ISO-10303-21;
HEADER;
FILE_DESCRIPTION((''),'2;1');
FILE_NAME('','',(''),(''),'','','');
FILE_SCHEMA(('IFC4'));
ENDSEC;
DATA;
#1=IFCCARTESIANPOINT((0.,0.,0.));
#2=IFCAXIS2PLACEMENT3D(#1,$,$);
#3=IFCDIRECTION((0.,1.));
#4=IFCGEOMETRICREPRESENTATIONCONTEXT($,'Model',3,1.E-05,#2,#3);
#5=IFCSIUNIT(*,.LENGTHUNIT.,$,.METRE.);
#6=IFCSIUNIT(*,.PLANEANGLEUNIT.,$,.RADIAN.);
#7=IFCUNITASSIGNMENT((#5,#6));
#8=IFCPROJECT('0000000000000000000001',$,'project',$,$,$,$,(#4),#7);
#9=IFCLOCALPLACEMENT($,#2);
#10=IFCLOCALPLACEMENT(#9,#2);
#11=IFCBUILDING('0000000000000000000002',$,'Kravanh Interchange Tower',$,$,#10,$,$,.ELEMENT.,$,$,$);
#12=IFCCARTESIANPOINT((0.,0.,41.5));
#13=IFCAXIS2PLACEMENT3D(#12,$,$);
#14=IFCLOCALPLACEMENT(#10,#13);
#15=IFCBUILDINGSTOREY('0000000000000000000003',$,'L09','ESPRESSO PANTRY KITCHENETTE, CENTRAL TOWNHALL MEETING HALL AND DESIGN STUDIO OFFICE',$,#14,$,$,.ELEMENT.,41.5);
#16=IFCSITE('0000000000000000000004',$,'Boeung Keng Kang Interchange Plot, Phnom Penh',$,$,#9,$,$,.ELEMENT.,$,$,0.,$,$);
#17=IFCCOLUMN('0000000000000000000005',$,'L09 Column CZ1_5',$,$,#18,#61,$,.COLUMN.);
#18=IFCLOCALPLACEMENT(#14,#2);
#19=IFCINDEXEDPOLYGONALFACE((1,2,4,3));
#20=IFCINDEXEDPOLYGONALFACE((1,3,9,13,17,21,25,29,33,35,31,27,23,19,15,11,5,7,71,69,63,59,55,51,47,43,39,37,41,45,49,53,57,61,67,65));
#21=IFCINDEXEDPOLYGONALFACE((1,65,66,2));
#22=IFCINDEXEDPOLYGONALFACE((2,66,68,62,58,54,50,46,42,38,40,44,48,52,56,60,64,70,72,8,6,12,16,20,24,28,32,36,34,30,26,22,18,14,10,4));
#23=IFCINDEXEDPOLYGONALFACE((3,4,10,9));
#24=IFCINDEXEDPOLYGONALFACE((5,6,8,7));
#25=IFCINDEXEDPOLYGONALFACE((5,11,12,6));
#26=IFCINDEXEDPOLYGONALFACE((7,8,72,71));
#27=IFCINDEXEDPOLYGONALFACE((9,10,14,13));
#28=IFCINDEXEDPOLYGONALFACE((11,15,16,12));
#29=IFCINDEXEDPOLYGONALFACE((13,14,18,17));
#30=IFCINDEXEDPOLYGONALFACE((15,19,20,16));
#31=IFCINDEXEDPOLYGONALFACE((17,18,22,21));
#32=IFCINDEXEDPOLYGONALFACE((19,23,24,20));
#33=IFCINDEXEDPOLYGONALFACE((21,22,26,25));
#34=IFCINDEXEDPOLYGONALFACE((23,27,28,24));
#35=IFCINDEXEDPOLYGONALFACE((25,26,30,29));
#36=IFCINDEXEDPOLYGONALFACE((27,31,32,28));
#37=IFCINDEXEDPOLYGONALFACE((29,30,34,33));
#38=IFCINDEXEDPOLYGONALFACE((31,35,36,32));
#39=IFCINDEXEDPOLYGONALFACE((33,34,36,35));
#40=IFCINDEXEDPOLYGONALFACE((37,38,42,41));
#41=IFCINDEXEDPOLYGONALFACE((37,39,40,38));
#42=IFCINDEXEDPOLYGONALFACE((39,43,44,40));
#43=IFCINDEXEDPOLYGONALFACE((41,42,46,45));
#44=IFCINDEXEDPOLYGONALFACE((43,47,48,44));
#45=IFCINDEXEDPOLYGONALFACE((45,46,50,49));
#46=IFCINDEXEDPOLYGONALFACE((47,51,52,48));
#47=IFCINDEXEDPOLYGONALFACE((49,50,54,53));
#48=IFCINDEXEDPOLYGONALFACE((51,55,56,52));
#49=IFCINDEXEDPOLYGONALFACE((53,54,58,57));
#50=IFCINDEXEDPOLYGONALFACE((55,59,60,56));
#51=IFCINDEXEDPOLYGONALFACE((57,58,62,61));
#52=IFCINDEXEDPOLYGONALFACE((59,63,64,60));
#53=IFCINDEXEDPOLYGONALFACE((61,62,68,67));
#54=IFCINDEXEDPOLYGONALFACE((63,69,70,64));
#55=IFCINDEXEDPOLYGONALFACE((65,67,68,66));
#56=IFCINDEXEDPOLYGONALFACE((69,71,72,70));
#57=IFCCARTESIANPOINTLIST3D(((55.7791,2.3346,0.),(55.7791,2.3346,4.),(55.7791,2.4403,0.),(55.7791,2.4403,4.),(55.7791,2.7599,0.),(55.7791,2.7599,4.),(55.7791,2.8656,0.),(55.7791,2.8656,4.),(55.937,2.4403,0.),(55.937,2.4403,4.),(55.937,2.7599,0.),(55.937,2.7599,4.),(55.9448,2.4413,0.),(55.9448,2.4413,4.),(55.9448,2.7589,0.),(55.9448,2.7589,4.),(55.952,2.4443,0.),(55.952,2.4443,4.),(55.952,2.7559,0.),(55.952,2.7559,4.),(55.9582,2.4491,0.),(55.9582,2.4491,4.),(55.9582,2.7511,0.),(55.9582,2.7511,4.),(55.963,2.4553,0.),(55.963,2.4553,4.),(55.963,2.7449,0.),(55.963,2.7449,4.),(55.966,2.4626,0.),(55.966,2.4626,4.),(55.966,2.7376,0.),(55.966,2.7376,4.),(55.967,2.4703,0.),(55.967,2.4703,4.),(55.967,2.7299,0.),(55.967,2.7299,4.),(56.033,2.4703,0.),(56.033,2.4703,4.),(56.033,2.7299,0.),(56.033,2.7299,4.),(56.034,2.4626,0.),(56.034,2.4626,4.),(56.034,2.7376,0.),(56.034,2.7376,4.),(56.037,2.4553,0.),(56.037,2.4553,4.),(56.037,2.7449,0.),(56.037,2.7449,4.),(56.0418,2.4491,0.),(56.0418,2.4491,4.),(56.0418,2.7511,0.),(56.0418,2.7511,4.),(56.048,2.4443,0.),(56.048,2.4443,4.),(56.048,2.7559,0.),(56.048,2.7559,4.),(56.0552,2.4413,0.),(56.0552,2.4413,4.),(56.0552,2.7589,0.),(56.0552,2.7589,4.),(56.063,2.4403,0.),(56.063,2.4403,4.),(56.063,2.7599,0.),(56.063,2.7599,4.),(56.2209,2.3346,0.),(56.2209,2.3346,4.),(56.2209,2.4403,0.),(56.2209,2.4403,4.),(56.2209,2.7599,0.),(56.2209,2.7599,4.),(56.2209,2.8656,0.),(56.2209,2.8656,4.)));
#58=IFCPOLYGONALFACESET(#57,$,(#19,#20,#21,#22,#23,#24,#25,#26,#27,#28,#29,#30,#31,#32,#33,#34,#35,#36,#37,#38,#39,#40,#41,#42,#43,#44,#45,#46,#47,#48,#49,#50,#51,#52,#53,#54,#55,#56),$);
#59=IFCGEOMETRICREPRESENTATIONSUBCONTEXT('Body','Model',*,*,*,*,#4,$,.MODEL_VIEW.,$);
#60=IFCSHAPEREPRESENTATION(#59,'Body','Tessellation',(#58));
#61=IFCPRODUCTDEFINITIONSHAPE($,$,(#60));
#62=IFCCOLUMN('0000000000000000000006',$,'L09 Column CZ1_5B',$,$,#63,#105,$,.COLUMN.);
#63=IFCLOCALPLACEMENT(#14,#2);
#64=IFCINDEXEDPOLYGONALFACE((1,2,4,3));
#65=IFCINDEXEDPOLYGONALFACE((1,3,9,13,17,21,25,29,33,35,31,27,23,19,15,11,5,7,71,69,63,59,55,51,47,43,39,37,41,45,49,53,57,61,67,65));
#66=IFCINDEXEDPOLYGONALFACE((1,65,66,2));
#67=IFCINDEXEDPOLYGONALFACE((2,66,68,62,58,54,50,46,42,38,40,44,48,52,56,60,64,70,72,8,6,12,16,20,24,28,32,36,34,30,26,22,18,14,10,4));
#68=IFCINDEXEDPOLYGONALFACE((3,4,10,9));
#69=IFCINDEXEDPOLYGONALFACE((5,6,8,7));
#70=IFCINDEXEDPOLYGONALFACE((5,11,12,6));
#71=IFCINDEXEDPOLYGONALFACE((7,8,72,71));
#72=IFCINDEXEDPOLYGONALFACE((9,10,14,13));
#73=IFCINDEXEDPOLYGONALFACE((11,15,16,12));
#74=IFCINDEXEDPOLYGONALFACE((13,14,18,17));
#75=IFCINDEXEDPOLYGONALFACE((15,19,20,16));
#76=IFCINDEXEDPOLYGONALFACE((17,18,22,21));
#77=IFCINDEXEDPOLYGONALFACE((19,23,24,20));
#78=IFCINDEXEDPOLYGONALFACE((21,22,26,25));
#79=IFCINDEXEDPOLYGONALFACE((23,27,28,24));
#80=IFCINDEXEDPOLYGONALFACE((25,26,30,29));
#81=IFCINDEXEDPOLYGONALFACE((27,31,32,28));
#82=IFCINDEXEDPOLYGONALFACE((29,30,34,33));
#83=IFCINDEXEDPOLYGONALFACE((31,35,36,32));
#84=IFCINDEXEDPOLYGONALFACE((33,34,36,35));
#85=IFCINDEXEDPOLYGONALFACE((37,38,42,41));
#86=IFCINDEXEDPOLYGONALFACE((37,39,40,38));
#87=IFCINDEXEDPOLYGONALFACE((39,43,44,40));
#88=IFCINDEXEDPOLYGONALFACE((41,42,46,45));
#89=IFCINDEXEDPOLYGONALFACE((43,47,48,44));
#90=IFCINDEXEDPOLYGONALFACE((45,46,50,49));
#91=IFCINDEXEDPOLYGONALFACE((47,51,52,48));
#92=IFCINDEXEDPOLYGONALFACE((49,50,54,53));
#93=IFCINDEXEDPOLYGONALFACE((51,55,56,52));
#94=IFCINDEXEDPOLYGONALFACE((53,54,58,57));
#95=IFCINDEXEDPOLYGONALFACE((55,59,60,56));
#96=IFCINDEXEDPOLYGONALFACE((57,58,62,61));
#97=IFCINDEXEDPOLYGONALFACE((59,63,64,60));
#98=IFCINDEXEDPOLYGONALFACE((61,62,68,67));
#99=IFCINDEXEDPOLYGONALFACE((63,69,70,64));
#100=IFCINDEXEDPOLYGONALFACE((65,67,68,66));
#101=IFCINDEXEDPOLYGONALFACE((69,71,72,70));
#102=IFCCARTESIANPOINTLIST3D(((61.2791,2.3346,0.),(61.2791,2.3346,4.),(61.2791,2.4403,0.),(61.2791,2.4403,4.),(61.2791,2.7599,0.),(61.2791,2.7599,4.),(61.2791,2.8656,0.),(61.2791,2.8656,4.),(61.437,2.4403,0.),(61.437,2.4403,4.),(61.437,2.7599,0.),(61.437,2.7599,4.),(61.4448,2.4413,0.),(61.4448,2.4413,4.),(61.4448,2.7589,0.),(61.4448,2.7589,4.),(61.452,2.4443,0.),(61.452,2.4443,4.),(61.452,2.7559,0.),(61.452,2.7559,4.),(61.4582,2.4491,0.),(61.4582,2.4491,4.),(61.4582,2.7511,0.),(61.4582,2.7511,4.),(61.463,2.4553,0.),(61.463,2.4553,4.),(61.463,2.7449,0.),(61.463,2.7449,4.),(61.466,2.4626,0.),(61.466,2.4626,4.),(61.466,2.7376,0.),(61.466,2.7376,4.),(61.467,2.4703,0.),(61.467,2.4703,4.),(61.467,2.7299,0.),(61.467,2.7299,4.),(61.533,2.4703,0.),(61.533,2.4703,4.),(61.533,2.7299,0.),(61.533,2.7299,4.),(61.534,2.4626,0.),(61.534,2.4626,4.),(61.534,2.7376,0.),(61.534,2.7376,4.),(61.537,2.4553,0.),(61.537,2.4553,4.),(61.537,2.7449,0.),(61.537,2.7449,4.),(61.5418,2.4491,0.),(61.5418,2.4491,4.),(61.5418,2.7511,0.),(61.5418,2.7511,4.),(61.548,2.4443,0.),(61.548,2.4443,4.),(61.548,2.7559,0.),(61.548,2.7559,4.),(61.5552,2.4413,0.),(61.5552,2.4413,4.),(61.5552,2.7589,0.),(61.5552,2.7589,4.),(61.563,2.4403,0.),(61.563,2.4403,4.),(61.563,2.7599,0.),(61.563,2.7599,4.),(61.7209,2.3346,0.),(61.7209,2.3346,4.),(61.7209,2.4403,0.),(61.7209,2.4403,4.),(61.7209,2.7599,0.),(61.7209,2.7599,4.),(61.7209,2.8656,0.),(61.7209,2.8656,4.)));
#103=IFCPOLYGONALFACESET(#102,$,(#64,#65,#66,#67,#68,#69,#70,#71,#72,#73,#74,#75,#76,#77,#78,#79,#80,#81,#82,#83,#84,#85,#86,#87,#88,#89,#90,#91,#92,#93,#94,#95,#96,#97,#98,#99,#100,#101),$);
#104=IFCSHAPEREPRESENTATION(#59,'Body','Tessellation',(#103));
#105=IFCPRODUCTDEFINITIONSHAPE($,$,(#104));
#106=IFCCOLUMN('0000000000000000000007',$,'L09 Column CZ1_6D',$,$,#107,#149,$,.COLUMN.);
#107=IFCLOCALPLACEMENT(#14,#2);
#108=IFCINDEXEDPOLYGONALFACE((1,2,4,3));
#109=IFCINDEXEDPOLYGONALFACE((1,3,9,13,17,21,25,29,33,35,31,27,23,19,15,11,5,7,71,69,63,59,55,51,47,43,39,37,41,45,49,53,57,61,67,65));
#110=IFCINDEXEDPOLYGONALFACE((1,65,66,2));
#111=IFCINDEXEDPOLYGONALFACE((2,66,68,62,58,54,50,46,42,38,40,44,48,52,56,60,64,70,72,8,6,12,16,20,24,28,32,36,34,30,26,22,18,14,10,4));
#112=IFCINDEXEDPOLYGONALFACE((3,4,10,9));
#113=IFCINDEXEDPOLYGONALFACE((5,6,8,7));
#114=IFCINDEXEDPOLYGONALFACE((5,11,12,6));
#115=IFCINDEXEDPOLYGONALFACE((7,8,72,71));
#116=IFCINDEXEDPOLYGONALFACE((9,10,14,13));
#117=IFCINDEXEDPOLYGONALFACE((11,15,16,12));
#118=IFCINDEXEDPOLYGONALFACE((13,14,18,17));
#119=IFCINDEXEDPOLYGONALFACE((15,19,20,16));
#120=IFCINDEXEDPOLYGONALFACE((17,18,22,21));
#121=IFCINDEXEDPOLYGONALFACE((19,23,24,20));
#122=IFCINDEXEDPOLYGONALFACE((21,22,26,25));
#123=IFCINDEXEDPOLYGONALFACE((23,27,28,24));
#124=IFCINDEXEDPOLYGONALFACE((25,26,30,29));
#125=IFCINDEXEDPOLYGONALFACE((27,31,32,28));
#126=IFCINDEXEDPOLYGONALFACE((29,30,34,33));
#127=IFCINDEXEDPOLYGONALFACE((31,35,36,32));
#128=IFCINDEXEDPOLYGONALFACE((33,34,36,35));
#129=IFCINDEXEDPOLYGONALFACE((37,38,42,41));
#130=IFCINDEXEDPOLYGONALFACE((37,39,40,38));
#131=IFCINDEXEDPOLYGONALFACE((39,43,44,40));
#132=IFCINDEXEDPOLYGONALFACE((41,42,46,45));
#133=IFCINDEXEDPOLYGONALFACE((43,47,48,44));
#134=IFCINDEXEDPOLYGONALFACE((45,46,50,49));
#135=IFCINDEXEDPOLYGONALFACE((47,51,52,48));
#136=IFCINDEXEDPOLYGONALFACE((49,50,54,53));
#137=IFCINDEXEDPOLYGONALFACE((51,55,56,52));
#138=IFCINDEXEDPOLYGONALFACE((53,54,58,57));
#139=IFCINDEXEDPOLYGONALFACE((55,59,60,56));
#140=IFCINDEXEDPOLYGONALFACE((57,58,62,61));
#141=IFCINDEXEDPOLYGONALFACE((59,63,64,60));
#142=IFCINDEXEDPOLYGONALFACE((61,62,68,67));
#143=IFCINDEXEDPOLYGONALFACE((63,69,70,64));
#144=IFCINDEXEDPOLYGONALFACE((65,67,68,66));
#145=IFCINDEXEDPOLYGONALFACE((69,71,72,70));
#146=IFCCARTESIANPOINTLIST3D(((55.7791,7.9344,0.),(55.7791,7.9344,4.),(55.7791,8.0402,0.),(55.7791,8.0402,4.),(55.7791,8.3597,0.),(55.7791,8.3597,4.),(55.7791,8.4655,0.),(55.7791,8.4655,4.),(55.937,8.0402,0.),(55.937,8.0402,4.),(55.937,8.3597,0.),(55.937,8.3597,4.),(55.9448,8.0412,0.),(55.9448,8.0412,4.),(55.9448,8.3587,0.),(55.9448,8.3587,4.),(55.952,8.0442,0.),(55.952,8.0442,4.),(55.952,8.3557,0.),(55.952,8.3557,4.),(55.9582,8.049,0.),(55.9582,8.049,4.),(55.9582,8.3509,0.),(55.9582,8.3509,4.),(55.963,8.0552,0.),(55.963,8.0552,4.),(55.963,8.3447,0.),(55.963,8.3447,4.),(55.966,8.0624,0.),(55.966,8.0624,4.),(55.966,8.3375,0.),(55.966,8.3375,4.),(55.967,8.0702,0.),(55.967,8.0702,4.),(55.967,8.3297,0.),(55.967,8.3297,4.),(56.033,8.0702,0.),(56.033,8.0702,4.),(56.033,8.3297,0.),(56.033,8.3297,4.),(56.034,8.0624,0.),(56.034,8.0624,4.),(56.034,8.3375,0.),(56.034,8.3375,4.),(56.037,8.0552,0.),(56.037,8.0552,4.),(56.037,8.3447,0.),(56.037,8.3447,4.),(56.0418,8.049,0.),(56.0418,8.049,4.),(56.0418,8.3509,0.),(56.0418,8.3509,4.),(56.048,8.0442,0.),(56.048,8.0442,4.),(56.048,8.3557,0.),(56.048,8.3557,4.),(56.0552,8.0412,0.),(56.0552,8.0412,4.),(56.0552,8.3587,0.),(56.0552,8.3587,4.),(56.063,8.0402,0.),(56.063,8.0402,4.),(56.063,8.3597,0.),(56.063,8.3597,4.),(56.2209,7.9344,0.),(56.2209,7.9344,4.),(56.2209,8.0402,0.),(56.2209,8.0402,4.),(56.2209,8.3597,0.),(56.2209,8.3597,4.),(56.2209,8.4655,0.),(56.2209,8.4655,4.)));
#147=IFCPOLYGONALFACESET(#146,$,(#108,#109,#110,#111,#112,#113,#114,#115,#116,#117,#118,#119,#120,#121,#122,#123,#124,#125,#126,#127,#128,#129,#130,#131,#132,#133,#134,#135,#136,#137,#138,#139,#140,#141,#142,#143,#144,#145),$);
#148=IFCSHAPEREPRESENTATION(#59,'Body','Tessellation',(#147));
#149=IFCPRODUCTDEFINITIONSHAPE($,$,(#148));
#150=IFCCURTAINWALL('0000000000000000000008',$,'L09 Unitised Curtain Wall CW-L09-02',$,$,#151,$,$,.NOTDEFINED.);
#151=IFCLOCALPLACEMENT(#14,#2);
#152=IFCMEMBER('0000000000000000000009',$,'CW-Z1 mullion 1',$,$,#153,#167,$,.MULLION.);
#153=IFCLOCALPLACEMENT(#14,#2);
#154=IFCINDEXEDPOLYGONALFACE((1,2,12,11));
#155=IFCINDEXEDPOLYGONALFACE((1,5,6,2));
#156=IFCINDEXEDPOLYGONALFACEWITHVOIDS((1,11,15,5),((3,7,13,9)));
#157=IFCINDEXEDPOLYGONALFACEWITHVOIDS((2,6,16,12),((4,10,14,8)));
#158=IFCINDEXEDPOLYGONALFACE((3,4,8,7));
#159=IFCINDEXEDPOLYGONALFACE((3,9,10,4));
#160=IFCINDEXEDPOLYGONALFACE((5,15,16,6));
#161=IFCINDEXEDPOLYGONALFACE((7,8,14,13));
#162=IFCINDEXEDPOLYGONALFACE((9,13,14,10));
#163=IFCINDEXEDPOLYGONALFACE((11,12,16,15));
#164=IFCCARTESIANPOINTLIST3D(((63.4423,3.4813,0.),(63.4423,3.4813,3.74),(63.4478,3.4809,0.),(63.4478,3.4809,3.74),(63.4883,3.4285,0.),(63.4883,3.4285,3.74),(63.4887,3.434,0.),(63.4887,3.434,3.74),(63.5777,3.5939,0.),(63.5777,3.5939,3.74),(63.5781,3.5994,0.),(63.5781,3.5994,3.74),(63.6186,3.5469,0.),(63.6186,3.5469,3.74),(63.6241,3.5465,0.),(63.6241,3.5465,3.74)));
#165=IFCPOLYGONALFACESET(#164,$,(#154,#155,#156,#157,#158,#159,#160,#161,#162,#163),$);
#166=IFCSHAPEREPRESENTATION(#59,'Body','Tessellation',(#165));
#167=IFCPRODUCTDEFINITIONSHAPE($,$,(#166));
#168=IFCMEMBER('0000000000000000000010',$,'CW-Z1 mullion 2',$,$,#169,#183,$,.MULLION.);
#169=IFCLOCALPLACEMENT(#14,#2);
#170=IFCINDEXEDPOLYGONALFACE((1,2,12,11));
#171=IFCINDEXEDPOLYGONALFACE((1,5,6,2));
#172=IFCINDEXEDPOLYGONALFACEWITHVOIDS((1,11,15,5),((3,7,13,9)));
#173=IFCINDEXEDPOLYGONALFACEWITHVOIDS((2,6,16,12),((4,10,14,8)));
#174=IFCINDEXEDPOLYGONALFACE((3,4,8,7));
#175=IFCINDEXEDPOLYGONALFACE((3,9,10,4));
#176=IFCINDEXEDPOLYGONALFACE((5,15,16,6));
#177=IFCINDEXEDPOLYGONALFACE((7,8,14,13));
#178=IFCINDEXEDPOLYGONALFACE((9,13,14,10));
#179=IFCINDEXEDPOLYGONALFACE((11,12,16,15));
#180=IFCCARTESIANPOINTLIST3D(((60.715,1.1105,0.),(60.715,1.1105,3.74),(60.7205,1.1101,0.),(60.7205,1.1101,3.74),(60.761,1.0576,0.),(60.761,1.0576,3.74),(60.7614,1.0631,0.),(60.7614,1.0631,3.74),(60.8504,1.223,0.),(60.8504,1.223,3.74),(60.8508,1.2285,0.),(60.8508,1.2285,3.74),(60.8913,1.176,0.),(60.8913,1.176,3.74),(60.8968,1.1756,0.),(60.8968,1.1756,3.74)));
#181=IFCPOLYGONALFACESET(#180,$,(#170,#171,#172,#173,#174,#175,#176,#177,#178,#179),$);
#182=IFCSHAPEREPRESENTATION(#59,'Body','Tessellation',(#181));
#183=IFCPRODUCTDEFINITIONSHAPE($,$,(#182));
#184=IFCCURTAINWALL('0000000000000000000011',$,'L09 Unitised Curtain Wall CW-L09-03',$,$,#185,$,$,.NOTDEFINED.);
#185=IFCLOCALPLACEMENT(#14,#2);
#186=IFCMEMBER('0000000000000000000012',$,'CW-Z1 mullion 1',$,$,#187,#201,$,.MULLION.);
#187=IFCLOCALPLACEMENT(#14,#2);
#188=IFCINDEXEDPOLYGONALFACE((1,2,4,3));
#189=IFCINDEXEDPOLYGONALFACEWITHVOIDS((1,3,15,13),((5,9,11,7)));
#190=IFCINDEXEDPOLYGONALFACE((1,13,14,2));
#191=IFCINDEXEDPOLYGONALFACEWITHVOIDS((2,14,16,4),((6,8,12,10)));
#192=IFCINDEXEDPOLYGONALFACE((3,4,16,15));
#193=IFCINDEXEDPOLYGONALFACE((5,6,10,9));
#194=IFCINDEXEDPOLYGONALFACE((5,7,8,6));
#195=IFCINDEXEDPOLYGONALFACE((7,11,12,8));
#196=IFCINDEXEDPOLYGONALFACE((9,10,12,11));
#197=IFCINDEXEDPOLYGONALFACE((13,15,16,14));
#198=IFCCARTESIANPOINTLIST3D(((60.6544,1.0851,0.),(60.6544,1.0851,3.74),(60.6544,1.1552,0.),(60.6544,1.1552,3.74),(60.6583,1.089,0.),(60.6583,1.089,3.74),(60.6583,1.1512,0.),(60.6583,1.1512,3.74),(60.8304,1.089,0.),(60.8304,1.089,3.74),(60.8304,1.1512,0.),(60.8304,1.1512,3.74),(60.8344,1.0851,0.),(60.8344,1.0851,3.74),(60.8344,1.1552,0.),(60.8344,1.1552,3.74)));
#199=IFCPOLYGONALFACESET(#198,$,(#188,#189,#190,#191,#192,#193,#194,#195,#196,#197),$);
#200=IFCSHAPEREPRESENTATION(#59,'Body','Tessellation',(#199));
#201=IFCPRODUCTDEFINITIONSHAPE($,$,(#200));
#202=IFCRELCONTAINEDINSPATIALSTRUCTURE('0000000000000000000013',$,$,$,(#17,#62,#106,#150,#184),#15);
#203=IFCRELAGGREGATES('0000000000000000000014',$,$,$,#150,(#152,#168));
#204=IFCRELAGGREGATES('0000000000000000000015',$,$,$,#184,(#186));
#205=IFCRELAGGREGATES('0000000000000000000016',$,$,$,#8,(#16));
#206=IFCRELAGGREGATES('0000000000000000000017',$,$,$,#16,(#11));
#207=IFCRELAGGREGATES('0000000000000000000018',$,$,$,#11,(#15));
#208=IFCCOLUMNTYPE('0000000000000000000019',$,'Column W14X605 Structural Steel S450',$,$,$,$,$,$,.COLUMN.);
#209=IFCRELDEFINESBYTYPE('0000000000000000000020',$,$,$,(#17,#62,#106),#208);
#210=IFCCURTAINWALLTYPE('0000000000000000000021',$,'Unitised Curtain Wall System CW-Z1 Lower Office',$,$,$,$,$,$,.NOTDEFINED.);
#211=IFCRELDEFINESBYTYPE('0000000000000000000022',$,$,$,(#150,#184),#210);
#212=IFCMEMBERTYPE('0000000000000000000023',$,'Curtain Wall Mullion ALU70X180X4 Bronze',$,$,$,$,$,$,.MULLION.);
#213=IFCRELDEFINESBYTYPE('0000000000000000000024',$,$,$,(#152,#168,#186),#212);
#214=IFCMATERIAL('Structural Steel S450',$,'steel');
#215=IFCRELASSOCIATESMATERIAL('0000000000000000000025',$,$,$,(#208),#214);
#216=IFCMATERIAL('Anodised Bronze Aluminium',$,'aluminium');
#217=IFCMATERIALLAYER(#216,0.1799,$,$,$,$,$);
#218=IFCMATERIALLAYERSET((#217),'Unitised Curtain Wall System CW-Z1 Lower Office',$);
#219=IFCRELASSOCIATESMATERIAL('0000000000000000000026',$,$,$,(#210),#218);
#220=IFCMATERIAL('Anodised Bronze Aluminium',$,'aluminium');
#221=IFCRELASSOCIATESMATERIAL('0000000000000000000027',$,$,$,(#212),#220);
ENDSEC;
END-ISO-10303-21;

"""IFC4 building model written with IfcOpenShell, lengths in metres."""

from ifc_helpers import new_model, si_unit, direction, frame, origin, origin_2d, place, context, subcontext, project, spatial, hollow_rectangle, i_section, extrude, material, layer, layer_set, material_profile, profile_set, type_object, element, aggregate, save


model = new_model("IFC4")

# Units and contexts
model_context = context("Model", 3, precision=1e-05, world=origin(), true_north=direction((0.0, 1.0)))
body_context = subcontext(model_context, "Body", "Model", "MODEL_VIEW")
ifc_project = project(units=[si_unit("LENGTHUNIT", "METRE"), si_unit("PLANEANGLEUNIT", "RADIAN")], contexts=[model_context])

# Site, building, storey
site_placement = place(None, origin())
site = spatial("IfcSite", under=ifc_project, at=site_placement, Name="Boeung Keng Kang Interchange Plot, Phnom Penh", CompositionType="ELEMENT", RefElevation=0.0)
building_placement = place(site_placement, origin())
building = spatial("IfcBuilding", under=site, at=building_placement, Name="Kravanh Interchange Tower", CompositionType="ELEMENT")
storey_placement = place(building_placement, frame((0.0, 0.0, 41.5)))
storey = spatial("IfcBuildingStorey", under=building, at=storey_placement, Name="L09", Description="ESPRESSO PANTRY KITCHENETTE, CENTRAL TOWNHALL MEETING HALL AND DESIGN STUDIO OFFICE", CompositionType="ELEMENT", Elevation=41.5)

# Columns
ifc_material_1 = material(Name="Structural Steel S450", Category="steel")
ifc_material_profile_1 = material_profile(ifc_material_1, i_section(OverallWidth=0.4419, OverallDepth=0.531, WebThickness=0.0659, FlangeThickness=0.1057, FilletRadius=0.03, at=origin_2d()), Name="W14X605")
ifc_profile_set_1 = profile_set([ifc_material_profile_1], Name="Structural Steel S450")
column_type = type_object("IfcColumnType", Name="Column W14X605 Structural Steel S450", PredefinedType="COLUMN", material=ifc_profile_set_1)
for number, where, z_axis, x_axis, name in (
    (1, (56.0, 2.6001, 0.0), (0.0, 0.0, 1.0), (1.0, 0.0, 0.0), "L09 Column CZ1_5"),
    (2, (61.5, 2.6001, 0.0), (0.0, 0.0, 1.0), (1.0, 0.0, 0.0), "L09 Column CZ1_5B"),
    (3, (56.0, 8.2, 0.0), (0.0, 0.0, 1.0), (1.0, 0.0, 0.0), "L09 Column CZ1_6D"),
):
    element("IfcColumn", number, at=place(storey_placement, frame(where, z_axis=z_axis, x_axis=x_axis)), inside=storey, type_object=column_type, Name=name, PredefinedType="COLUMN", context=body_context, shape_type="SweptSolid", body=[
        extrude(i_section(OverallWidth=0.4419, OverallDepth=0.531, WebThickness=0.0659, FlangeThickness=0.1057, FilletRadius=0.03, at=origin_2d()), origin(), (0.0, 0.0, 1.0), 4.0),
    ])

# Curtain walls, members
ifc_material_2 = material(Name="Anodised Bronze Aluminium", Category="aluminium")
ifc_layer_1 = layer(ifc_material_2, 0.1799)
ifc_layer_set_1 = layer_set([ifc_layer_1], Name="Unitised Curtain Wall System CW-Z1 Lower Office")
curtain_wall_type = type_object("IfcCurtainWallType", Name="Unitised Curtain Wall System CW-Z1 Lower Office", PredefinedType="NOTDEFINED", material=ifc_layer_set_1)
curtain_wall_1_placement = place(storey_placement, origin())
curtain_wall_1 = element("IfcCurtainWall", 4, at=curtain_wall_1_placement, inside=storey, type_object=curtain_wall_type, Name="L09 Unitised Curtain Wall CW-L09-02", PredefinedType="NOTDEFINED")
ifc_material_3 = material(Name="Anodised Bronze Aluminium", Category="aluminium")
ifc_material_profile_2 = material_profile(ifc_material_3, hollow_rectangle(XDim=0.0701, YDim=0.1799, WallThickness=0.0039, at=origin_2d()), Name="ALU70X180X4")
ifc_profile_set_2 = profile_set([ifc_material_profile_2], Name="Anodised Bronze Aluminium")
member_type_1 = type_object("IfcMemberType", Name="Curtain Wall Mullion ALU70X180X4 Bronze", PredefinedType="MULLION", material=ifc_profile_set_2)
member_1_placement = place(storey_placement, frame((63.5332, 3.5139, 0.0), z_axis=(0.0, 0.0, 1.0), x_axis=(0.65606, -0.754708, 0.0)))
member_1 = element("IfcMember", 5, at=member_1_placement, type_object=member_type_1, Name="CW-Z1 mullion 1", PredefinedType="MULLION", context=body_context, shape_type="SweptSolid", body=[
    extrude(hollow_rectangle(XDim=0.0701, YDim=0.1799, WallThickness=0.0039, at=origin_2d()), origin(), (0.0, 0.0, 1.0), 3.74),
])
member_2_placement = place(storey_placement, frame((60.8059, 1.1431, 0.0), z_axis=(0.0, 0.0, 1.0), x_axis=(0.65606, -0.754708, 0.0)))
member_2 = element("IfcMember", 6, at=member_2_placement, type_object=member_type_1, Name="CW-Z1 mullion 2", PredefinedType="MULLION", context=body_context, shape_type="SweptSolid", body=[
    extrude(hollow_rectangle(XDim=0.0701, YDim=0.1799, WallThickness=0.0039, at=origin_2d()), origin(), (0.0, 0.0, 1.0), 3.74),
])
curtain_wall_2_placement = place(storey_placement, origin())
curtain_wall_2 = element("IfcCurtainWall", 7, at=curtain_wall_2_placement, inside=storey, type_object=curtain_wall_type, Name="L09 Unitised Curtain Wall CW-L09-03", PredefinedType="NOTDEFINED")
member_3_placement = place(storey_placement, frame((60.7444, 1.1201, 0.0), z_axis=(0.0, 0.0, 1.0), x_axis=(0.0, -1.0, 0.0)))
member_3 = element("IfcMember", 8, at=member_3_placement, type_object=member_type_1, Name="CW-Z1 mullion 1", PredefinedType="MULLION", context=body_context, shape_type="SweptSolid", body=[
    extrude(hollow_rectangle(XDim=0.0701, YDim=0.1799, WallThickness=0.0039, at=origin_2d()), origin(), (0.0, 0.0, 1.0), 3.74),
])

aggregate(curtain_wall_1, [member_1, member_2])
aggregate(curtain_wall_2, [member_3])

save(model, "model.ifc")
